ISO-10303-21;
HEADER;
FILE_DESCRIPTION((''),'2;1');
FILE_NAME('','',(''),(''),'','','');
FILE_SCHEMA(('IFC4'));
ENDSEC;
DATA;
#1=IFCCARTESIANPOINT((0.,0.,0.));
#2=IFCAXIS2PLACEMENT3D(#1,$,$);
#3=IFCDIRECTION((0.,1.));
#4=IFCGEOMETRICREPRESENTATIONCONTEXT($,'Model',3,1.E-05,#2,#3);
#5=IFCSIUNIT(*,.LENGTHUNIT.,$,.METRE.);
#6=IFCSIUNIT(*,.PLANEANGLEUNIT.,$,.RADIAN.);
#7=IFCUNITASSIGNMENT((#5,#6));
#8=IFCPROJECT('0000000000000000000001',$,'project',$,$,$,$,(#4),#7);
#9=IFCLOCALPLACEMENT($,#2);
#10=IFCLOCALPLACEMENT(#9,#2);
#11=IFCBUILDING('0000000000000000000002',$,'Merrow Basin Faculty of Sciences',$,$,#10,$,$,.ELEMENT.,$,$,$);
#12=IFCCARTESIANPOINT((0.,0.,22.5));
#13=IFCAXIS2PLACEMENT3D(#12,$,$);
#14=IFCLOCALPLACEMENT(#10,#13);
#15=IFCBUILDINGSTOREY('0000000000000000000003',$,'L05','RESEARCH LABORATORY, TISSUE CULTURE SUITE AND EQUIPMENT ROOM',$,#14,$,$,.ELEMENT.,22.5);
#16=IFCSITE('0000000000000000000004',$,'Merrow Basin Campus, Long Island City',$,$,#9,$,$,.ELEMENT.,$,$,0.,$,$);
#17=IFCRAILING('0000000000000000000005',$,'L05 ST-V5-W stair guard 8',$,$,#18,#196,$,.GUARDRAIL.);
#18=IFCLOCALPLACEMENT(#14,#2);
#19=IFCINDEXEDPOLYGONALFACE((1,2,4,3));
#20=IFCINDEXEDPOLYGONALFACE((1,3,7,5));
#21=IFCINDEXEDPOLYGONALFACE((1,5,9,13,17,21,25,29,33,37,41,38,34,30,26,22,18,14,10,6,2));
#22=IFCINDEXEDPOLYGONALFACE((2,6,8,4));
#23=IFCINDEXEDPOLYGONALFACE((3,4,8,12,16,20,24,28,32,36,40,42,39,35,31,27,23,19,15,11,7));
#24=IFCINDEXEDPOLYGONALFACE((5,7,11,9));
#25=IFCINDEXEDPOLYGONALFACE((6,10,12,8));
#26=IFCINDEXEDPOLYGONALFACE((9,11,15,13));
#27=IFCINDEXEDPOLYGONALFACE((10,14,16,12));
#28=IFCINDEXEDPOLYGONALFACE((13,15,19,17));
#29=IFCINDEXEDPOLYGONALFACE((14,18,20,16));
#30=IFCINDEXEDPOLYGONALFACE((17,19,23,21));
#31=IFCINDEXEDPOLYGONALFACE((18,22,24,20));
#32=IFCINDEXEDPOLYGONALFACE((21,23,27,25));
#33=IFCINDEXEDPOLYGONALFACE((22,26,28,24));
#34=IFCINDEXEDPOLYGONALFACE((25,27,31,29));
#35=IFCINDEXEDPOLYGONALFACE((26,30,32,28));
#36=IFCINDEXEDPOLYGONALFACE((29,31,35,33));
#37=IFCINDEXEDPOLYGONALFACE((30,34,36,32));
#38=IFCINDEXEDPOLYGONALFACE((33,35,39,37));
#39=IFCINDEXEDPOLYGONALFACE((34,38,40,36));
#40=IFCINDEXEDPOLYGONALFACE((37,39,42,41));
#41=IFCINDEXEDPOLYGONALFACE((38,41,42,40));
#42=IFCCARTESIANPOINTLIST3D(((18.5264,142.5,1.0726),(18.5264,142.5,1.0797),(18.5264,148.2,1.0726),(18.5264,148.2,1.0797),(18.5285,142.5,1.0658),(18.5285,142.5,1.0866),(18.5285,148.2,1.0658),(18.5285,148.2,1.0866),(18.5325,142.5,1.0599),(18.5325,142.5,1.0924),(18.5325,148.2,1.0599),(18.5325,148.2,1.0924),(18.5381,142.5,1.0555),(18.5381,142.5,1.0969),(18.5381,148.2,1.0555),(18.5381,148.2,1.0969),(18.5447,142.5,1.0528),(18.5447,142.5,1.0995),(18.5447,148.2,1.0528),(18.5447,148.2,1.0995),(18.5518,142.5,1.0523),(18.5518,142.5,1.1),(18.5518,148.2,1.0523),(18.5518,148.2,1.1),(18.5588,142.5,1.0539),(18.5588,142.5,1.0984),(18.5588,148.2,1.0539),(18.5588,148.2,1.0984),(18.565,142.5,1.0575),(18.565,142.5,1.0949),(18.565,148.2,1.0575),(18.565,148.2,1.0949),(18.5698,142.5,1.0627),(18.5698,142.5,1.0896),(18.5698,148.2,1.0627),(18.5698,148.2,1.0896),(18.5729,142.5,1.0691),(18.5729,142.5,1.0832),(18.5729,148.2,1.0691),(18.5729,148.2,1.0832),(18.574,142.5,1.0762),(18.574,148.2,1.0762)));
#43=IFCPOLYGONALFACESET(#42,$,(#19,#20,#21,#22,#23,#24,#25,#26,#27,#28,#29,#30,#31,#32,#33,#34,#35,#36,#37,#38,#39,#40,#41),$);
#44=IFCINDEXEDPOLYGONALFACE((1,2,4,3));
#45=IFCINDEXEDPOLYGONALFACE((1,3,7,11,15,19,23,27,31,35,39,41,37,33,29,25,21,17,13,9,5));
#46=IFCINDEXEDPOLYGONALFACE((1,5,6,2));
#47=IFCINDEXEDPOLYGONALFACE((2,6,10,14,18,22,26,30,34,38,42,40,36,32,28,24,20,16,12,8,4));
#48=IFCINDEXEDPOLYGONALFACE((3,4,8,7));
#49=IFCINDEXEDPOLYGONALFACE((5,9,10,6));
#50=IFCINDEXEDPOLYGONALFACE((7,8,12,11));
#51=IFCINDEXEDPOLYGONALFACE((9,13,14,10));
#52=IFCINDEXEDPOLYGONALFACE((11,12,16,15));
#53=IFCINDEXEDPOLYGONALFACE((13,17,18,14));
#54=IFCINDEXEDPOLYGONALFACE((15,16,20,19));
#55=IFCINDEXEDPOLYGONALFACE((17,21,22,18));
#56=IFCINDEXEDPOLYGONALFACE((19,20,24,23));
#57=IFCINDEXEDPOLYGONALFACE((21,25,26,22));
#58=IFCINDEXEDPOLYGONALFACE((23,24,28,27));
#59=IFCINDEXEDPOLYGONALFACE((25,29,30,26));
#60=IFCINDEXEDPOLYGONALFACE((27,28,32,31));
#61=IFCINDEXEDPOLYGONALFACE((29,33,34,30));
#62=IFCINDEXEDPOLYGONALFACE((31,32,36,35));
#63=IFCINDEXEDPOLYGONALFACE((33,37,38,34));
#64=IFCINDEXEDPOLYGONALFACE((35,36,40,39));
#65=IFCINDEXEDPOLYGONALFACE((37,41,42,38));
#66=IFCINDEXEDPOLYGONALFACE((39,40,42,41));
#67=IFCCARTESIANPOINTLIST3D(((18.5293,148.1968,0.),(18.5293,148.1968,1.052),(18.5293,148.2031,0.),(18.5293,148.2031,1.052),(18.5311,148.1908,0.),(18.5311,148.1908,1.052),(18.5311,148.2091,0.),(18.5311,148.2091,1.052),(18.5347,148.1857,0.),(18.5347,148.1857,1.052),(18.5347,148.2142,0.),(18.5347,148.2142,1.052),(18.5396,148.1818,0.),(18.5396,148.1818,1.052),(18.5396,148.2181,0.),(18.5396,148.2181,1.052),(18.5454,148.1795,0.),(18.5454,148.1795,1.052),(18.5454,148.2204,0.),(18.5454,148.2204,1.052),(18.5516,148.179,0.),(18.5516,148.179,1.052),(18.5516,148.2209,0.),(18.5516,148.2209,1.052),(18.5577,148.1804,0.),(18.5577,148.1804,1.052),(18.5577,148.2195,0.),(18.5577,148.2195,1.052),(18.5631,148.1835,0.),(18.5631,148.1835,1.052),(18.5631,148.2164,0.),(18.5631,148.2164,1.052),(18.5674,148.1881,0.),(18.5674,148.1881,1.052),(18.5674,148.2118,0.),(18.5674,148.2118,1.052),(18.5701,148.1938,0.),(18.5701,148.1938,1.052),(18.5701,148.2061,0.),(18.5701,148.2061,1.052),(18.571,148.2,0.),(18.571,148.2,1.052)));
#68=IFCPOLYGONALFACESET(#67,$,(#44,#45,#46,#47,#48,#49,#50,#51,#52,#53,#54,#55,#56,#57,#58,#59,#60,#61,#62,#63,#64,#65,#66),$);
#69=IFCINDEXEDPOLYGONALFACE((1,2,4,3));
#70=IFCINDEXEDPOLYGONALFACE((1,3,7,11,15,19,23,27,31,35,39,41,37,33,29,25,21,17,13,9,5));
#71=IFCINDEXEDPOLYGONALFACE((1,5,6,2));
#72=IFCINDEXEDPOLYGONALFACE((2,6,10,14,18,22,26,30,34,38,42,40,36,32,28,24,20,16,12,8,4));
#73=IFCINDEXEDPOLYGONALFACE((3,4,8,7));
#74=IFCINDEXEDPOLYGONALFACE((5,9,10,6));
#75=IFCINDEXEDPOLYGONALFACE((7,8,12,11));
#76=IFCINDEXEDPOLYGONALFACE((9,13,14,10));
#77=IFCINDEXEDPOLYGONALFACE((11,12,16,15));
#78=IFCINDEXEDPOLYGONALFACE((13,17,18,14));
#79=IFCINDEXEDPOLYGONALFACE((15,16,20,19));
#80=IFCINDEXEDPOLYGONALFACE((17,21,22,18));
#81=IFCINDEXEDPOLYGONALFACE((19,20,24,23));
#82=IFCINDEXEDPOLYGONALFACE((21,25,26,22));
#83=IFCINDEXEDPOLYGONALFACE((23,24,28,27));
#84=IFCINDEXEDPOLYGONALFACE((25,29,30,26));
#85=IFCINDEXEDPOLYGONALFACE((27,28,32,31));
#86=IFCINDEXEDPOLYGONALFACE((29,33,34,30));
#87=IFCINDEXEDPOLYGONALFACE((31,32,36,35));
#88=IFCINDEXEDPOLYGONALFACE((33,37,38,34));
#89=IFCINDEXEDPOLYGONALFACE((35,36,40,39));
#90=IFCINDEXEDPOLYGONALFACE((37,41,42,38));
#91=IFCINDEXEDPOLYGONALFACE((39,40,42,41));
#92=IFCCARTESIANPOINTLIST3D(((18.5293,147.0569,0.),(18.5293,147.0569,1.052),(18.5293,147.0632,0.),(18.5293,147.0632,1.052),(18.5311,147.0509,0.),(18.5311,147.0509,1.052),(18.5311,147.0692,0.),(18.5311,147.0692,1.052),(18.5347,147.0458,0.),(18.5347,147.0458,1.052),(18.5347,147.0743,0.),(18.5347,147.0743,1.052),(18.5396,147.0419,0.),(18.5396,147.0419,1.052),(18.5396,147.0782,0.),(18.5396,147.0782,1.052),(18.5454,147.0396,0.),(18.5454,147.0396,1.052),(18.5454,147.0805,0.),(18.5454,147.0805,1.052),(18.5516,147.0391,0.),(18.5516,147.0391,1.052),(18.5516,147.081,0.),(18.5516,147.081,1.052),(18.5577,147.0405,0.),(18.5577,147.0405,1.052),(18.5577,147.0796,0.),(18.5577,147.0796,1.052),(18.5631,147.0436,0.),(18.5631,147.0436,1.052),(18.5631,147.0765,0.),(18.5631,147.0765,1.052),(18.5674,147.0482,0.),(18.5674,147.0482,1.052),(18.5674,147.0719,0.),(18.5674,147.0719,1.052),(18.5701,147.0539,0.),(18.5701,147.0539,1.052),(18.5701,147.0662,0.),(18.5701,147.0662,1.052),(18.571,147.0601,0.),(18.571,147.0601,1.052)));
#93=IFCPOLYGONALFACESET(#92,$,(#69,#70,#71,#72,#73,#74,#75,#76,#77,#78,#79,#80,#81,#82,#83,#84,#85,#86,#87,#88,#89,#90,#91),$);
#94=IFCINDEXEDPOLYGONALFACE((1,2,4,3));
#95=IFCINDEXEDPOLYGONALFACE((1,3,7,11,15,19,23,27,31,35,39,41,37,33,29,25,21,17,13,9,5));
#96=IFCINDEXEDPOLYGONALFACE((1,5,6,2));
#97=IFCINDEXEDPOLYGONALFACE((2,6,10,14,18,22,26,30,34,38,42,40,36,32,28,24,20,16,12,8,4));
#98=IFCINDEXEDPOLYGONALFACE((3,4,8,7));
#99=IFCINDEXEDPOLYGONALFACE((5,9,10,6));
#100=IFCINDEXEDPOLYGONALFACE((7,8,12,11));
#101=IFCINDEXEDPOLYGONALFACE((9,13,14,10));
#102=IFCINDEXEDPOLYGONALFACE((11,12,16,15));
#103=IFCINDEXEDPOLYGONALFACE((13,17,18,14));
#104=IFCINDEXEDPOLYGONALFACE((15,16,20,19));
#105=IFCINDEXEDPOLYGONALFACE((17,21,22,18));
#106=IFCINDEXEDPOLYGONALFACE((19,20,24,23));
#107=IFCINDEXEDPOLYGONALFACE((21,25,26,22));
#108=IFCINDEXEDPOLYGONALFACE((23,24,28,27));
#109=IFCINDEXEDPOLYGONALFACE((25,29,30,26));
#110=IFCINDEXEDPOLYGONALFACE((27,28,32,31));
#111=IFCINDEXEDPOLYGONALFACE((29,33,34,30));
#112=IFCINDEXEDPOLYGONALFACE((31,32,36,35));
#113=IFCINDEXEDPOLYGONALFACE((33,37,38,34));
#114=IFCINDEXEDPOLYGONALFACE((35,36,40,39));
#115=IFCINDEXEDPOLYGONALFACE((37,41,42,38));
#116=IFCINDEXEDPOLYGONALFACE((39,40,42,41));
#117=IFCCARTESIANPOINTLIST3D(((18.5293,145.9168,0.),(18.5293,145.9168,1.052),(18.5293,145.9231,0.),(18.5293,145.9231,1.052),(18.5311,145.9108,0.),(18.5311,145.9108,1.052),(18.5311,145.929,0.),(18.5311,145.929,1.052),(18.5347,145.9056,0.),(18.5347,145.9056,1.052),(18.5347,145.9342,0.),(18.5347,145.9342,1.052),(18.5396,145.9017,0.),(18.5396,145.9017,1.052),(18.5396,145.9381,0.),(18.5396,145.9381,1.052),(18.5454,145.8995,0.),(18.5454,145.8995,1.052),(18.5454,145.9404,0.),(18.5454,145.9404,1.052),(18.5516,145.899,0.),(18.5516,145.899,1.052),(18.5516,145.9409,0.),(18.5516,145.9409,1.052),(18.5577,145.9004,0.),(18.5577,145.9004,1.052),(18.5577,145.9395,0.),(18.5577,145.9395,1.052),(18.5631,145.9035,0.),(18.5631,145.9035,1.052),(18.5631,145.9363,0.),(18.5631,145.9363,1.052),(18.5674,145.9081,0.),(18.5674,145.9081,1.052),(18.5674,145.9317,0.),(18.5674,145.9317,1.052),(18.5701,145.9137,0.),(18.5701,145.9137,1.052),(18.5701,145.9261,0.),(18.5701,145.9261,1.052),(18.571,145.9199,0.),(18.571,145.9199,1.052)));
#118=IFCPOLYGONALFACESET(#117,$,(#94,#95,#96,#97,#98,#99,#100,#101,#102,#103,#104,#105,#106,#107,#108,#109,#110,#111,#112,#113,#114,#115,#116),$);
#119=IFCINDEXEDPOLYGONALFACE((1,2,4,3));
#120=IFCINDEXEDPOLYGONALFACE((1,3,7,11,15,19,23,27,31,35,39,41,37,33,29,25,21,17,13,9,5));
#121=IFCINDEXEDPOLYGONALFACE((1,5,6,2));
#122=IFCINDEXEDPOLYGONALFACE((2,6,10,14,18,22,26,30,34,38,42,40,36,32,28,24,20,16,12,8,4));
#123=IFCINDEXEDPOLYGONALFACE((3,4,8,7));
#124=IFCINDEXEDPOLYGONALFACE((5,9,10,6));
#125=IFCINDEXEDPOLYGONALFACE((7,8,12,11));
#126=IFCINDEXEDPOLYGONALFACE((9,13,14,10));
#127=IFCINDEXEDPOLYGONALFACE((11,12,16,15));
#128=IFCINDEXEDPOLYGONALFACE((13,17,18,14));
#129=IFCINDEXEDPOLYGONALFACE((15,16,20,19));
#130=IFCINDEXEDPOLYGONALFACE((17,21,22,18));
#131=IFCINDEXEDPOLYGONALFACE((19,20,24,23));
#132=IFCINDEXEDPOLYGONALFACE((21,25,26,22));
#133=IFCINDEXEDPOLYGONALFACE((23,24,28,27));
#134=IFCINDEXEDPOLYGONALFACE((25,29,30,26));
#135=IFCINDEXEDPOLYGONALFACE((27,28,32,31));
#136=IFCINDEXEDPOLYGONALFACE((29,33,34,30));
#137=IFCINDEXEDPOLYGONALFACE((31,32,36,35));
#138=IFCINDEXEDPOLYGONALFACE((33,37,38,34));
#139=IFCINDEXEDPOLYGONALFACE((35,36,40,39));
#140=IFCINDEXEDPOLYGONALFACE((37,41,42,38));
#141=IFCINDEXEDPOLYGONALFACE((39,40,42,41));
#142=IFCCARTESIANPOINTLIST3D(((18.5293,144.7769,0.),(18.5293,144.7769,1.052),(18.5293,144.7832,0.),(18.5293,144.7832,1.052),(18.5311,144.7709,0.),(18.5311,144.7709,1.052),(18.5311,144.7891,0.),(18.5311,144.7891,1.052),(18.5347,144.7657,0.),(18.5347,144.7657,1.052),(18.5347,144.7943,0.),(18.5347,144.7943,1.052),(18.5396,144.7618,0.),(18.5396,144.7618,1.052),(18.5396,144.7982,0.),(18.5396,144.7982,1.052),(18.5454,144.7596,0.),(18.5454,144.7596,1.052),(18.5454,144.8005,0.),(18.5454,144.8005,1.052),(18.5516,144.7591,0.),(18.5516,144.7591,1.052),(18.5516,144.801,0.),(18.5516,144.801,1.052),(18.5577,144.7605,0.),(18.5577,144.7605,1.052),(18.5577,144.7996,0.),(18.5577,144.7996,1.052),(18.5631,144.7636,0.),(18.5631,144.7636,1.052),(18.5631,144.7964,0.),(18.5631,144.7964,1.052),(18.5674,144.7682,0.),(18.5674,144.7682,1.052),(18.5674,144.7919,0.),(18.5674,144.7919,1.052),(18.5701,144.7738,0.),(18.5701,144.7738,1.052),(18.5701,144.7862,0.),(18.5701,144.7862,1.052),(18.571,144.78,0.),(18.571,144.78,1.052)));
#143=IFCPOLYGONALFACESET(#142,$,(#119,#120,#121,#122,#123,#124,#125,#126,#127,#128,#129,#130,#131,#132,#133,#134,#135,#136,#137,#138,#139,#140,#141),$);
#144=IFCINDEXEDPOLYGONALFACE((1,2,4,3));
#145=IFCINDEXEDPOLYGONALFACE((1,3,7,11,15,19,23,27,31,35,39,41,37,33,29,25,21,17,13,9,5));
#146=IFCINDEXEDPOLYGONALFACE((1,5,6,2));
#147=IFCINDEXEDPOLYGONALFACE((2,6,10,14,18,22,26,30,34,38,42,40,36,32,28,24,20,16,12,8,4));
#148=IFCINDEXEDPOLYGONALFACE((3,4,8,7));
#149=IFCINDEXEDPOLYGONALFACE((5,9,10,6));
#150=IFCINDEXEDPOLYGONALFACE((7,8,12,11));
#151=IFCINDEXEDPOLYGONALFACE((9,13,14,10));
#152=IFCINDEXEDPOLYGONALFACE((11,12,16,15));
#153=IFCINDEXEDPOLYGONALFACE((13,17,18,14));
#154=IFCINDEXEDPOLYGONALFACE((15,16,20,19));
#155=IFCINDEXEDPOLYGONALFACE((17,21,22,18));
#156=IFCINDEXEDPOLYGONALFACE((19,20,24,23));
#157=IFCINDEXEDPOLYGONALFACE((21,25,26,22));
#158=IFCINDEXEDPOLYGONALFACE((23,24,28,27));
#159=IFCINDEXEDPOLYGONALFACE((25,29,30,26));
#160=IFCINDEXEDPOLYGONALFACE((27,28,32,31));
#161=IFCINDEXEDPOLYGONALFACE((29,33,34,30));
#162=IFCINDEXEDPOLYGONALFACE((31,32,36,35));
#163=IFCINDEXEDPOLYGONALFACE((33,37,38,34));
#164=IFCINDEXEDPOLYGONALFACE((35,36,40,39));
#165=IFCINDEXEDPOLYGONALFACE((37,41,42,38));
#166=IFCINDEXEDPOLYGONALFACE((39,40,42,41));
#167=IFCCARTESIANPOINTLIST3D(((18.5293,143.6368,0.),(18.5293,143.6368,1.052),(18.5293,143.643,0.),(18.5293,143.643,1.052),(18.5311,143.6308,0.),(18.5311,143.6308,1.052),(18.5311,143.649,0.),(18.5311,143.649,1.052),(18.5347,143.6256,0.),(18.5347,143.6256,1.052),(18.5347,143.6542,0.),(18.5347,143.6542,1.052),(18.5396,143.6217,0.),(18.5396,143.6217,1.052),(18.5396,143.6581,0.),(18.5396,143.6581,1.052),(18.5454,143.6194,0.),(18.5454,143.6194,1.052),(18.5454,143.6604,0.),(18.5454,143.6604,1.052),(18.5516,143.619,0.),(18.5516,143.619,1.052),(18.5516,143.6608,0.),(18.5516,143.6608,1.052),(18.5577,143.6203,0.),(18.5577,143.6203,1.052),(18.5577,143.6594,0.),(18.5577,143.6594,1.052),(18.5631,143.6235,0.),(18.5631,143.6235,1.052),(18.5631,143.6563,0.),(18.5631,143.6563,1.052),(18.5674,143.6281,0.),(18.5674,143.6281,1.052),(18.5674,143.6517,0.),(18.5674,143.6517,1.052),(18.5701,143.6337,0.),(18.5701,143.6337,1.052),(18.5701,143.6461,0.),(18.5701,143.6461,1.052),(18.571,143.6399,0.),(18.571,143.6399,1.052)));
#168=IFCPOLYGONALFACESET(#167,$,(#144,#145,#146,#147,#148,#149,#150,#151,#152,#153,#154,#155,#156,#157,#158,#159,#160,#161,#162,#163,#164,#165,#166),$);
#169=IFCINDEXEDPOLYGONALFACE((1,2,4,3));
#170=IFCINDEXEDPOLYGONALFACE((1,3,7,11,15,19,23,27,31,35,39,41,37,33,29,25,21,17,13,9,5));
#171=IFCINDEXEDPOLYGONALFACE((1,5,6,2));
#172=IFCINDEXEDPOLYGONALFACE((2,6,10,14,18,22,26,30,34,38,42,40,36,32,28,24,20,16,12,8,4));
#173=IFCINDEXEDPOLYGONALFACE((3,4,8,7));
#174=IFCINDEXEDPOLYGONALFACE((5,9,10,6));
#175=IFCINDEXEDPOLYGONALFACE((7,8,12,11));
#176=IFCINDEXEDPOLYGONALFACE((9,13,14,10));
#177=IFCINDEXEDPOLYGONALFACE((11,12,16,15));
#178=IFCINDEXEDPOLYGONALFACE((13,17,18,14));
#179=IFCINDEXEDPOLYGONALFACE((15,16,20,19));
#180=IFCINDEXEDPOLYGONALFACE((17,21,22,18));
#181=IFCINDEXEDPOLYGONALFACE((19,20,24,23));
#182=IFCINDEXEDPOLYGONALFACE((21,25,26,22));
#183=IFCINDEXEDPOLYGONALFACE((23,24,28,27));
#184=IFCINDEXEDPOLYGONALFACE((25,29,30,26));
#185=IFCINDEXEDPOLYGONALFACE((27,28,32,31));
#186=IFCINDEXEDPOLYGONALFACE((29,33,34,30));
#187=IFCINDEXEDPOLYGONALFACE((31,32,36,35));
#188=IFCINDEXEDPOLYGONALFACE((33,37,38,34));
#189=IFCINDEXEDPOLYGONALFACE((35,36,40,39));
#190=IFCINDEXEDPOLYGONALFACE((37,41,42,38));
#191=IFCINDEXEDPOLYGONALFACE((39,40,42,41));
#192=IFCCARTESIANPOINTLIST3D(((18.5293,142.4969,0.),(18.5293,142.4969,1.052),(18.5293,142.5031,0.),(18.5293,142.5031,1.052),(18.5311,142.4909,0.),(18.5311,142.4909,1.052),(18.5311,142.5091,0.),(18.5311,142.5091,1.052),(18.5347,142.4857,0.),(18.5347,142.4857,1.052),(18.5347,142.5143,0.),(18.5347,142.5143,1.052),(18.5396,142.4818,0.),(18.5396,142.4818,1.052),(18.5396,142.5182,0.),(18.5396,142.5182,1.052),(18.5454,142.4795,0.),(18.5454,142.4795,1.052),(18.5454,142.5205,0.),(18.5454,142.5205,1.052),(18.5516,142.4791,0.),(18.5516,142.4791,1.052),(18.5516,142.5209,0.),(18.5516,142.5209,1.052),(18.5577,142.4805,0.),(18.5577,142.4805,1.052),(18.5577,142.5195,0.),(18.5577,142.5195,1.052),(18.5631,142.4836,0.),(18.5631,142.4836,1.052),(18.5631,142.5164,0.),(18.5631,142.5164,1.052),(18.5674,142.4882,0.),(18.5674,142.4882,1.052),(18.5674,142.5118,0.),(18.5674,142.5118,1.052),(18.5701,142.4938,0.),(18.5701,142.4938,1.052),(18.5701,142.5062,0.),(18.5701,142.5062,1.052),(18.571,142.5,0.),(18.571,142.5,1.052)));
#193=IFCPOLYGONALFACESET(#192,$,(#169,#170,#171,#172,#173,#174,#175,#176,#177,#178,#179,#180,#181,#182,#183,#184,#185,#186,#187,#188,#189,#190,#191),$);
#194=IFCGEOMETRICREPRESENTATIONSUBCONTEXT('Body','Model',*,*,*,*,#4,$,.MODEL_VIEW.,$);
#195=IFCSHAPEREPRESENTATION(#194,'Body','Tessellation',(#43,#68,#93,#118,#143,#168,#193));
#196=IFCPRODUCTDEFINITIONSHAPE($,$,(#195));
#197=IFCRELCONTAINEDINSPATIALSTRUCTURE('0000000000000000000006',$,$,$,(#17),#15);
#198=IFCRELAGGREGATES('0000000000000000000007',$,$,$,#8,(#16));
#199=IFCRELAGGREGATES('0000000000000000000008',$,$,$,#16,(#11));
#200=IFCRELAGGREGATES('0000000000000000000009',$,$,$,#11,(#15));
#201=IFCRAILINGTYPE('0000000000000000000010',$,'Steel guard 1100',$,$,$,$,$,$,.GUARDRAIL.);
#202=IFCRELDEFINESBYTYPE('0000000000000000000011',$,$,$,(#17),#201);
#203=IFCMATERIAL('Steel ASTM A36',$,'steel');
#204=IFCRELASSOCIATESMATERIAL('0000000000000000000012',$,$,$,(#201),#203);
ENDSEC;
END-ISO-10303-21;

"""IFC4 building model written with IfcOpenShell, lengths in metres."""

from ifc_helpers import new_model, si_unit, direction, frame, origin, origin_2d, place, context, subcontext, project, spatial, circle, extrude, material, type_object, element, save


model = new_model("IFC4")

# Units and contexts
model_context = context("Model", 3, precision=1e-05, world=origin(), true_north=direction((0.0, 1.0)))
body_context = subcontext(model_context, "Body", "Model", "MODEL_VIEW")
ifc_project = project(units=[si_unit("LENGTHUNIT", "METRE"), si_unit("PLANEANGLEUNIT", "RADIAN")], contexts=[model_context])

# Site, building, storey
site_placement = place(None, origin())
site = spatial("IfcSite", under=ifc_project, at=site_placement, Name="Merrow Basin Campus, Long Island City", CompositionType="ELEMENT", RefElevation=0.0)
building_placement = place(site_placement, origin())
building = spatial("IfcBuilding", under=site, at=building_placement, Name="Merrow Basin Faculty of Sciences", CompositionType="ELEMENT")
storey_placement = place(building_placement, frame((0.0, 0.0, 22.5)))
storey = spatial("IfcBuildingStorey", under=building, at=storey_placement, Name="L05", Description="RESEARCH LABORATORY, TISSUE CULTURE SUITE AND EQUIPMENT ROOM", CompositionType="ELEMENT", Elevation=22.5)

# Railing
ifc_material_1 = material(Name="Steel ASTM A36", Category="steel")
railing_type_1 = type_object("IfcRailingType", Name="Steel guard 1100", PredefinedType="GUARDRAIL", material=ifc_material_1)
railing_1_placement = place(storey_placement, frame((18.55, 148.2, 0.0)))
element("IfcRailing", 1, at=railing_1_placement, inside=storey, type_object=railing_type_1, Name="L05 ST-V5-W stair guard 8", PredefinedType="GUARDRAIL", context=body_context, shape_type="SweptSolid", body=[
    extrude(circle(Radius=0.0239, at=origin_2d()), frame((0.0, 0.0, 1.0762), z_axis=(0.0, -1.0, 0.0), x_axis=(1.0, 0.0, 0.0)), (0.0, 0.0, 1.0), 5.7),
    extrude(circle(Radius=0.021, at=origin_2d()), origin(), (0.0, 0.0, 1.0), 1.052),
    extrude(circle(Radius=0.021, at=origin_2d()), frame((0.0, -1.1399, 0.0)), (0.0, 0.0, 1.0), 1.052),
    extrude(circle(Radius=0.021, at=origin_2d()), frame((0.0, -2.28, 0.0)), (0.0, 0.0, 1.0), 1.052),
    extrude(circle(Radius=0.021, at=origin_2d()), frame((0.0, -3.4199, 0.0)), (0.0, 0.0, 1.0), 1.052),
    extrude(circle(Radius=0.021, at=origin_2d()), frame((0.0, -4.5601, 0.0)), (0.0, 0.0, 1.0), 1.052),
    extrude(circle(Radius=0.021, at=origin_2d()), frame((0.0, -5.7, 0.0)), (0.0, 0.0, 1.0), 1.052),
])

save(model, "model.ifc")
